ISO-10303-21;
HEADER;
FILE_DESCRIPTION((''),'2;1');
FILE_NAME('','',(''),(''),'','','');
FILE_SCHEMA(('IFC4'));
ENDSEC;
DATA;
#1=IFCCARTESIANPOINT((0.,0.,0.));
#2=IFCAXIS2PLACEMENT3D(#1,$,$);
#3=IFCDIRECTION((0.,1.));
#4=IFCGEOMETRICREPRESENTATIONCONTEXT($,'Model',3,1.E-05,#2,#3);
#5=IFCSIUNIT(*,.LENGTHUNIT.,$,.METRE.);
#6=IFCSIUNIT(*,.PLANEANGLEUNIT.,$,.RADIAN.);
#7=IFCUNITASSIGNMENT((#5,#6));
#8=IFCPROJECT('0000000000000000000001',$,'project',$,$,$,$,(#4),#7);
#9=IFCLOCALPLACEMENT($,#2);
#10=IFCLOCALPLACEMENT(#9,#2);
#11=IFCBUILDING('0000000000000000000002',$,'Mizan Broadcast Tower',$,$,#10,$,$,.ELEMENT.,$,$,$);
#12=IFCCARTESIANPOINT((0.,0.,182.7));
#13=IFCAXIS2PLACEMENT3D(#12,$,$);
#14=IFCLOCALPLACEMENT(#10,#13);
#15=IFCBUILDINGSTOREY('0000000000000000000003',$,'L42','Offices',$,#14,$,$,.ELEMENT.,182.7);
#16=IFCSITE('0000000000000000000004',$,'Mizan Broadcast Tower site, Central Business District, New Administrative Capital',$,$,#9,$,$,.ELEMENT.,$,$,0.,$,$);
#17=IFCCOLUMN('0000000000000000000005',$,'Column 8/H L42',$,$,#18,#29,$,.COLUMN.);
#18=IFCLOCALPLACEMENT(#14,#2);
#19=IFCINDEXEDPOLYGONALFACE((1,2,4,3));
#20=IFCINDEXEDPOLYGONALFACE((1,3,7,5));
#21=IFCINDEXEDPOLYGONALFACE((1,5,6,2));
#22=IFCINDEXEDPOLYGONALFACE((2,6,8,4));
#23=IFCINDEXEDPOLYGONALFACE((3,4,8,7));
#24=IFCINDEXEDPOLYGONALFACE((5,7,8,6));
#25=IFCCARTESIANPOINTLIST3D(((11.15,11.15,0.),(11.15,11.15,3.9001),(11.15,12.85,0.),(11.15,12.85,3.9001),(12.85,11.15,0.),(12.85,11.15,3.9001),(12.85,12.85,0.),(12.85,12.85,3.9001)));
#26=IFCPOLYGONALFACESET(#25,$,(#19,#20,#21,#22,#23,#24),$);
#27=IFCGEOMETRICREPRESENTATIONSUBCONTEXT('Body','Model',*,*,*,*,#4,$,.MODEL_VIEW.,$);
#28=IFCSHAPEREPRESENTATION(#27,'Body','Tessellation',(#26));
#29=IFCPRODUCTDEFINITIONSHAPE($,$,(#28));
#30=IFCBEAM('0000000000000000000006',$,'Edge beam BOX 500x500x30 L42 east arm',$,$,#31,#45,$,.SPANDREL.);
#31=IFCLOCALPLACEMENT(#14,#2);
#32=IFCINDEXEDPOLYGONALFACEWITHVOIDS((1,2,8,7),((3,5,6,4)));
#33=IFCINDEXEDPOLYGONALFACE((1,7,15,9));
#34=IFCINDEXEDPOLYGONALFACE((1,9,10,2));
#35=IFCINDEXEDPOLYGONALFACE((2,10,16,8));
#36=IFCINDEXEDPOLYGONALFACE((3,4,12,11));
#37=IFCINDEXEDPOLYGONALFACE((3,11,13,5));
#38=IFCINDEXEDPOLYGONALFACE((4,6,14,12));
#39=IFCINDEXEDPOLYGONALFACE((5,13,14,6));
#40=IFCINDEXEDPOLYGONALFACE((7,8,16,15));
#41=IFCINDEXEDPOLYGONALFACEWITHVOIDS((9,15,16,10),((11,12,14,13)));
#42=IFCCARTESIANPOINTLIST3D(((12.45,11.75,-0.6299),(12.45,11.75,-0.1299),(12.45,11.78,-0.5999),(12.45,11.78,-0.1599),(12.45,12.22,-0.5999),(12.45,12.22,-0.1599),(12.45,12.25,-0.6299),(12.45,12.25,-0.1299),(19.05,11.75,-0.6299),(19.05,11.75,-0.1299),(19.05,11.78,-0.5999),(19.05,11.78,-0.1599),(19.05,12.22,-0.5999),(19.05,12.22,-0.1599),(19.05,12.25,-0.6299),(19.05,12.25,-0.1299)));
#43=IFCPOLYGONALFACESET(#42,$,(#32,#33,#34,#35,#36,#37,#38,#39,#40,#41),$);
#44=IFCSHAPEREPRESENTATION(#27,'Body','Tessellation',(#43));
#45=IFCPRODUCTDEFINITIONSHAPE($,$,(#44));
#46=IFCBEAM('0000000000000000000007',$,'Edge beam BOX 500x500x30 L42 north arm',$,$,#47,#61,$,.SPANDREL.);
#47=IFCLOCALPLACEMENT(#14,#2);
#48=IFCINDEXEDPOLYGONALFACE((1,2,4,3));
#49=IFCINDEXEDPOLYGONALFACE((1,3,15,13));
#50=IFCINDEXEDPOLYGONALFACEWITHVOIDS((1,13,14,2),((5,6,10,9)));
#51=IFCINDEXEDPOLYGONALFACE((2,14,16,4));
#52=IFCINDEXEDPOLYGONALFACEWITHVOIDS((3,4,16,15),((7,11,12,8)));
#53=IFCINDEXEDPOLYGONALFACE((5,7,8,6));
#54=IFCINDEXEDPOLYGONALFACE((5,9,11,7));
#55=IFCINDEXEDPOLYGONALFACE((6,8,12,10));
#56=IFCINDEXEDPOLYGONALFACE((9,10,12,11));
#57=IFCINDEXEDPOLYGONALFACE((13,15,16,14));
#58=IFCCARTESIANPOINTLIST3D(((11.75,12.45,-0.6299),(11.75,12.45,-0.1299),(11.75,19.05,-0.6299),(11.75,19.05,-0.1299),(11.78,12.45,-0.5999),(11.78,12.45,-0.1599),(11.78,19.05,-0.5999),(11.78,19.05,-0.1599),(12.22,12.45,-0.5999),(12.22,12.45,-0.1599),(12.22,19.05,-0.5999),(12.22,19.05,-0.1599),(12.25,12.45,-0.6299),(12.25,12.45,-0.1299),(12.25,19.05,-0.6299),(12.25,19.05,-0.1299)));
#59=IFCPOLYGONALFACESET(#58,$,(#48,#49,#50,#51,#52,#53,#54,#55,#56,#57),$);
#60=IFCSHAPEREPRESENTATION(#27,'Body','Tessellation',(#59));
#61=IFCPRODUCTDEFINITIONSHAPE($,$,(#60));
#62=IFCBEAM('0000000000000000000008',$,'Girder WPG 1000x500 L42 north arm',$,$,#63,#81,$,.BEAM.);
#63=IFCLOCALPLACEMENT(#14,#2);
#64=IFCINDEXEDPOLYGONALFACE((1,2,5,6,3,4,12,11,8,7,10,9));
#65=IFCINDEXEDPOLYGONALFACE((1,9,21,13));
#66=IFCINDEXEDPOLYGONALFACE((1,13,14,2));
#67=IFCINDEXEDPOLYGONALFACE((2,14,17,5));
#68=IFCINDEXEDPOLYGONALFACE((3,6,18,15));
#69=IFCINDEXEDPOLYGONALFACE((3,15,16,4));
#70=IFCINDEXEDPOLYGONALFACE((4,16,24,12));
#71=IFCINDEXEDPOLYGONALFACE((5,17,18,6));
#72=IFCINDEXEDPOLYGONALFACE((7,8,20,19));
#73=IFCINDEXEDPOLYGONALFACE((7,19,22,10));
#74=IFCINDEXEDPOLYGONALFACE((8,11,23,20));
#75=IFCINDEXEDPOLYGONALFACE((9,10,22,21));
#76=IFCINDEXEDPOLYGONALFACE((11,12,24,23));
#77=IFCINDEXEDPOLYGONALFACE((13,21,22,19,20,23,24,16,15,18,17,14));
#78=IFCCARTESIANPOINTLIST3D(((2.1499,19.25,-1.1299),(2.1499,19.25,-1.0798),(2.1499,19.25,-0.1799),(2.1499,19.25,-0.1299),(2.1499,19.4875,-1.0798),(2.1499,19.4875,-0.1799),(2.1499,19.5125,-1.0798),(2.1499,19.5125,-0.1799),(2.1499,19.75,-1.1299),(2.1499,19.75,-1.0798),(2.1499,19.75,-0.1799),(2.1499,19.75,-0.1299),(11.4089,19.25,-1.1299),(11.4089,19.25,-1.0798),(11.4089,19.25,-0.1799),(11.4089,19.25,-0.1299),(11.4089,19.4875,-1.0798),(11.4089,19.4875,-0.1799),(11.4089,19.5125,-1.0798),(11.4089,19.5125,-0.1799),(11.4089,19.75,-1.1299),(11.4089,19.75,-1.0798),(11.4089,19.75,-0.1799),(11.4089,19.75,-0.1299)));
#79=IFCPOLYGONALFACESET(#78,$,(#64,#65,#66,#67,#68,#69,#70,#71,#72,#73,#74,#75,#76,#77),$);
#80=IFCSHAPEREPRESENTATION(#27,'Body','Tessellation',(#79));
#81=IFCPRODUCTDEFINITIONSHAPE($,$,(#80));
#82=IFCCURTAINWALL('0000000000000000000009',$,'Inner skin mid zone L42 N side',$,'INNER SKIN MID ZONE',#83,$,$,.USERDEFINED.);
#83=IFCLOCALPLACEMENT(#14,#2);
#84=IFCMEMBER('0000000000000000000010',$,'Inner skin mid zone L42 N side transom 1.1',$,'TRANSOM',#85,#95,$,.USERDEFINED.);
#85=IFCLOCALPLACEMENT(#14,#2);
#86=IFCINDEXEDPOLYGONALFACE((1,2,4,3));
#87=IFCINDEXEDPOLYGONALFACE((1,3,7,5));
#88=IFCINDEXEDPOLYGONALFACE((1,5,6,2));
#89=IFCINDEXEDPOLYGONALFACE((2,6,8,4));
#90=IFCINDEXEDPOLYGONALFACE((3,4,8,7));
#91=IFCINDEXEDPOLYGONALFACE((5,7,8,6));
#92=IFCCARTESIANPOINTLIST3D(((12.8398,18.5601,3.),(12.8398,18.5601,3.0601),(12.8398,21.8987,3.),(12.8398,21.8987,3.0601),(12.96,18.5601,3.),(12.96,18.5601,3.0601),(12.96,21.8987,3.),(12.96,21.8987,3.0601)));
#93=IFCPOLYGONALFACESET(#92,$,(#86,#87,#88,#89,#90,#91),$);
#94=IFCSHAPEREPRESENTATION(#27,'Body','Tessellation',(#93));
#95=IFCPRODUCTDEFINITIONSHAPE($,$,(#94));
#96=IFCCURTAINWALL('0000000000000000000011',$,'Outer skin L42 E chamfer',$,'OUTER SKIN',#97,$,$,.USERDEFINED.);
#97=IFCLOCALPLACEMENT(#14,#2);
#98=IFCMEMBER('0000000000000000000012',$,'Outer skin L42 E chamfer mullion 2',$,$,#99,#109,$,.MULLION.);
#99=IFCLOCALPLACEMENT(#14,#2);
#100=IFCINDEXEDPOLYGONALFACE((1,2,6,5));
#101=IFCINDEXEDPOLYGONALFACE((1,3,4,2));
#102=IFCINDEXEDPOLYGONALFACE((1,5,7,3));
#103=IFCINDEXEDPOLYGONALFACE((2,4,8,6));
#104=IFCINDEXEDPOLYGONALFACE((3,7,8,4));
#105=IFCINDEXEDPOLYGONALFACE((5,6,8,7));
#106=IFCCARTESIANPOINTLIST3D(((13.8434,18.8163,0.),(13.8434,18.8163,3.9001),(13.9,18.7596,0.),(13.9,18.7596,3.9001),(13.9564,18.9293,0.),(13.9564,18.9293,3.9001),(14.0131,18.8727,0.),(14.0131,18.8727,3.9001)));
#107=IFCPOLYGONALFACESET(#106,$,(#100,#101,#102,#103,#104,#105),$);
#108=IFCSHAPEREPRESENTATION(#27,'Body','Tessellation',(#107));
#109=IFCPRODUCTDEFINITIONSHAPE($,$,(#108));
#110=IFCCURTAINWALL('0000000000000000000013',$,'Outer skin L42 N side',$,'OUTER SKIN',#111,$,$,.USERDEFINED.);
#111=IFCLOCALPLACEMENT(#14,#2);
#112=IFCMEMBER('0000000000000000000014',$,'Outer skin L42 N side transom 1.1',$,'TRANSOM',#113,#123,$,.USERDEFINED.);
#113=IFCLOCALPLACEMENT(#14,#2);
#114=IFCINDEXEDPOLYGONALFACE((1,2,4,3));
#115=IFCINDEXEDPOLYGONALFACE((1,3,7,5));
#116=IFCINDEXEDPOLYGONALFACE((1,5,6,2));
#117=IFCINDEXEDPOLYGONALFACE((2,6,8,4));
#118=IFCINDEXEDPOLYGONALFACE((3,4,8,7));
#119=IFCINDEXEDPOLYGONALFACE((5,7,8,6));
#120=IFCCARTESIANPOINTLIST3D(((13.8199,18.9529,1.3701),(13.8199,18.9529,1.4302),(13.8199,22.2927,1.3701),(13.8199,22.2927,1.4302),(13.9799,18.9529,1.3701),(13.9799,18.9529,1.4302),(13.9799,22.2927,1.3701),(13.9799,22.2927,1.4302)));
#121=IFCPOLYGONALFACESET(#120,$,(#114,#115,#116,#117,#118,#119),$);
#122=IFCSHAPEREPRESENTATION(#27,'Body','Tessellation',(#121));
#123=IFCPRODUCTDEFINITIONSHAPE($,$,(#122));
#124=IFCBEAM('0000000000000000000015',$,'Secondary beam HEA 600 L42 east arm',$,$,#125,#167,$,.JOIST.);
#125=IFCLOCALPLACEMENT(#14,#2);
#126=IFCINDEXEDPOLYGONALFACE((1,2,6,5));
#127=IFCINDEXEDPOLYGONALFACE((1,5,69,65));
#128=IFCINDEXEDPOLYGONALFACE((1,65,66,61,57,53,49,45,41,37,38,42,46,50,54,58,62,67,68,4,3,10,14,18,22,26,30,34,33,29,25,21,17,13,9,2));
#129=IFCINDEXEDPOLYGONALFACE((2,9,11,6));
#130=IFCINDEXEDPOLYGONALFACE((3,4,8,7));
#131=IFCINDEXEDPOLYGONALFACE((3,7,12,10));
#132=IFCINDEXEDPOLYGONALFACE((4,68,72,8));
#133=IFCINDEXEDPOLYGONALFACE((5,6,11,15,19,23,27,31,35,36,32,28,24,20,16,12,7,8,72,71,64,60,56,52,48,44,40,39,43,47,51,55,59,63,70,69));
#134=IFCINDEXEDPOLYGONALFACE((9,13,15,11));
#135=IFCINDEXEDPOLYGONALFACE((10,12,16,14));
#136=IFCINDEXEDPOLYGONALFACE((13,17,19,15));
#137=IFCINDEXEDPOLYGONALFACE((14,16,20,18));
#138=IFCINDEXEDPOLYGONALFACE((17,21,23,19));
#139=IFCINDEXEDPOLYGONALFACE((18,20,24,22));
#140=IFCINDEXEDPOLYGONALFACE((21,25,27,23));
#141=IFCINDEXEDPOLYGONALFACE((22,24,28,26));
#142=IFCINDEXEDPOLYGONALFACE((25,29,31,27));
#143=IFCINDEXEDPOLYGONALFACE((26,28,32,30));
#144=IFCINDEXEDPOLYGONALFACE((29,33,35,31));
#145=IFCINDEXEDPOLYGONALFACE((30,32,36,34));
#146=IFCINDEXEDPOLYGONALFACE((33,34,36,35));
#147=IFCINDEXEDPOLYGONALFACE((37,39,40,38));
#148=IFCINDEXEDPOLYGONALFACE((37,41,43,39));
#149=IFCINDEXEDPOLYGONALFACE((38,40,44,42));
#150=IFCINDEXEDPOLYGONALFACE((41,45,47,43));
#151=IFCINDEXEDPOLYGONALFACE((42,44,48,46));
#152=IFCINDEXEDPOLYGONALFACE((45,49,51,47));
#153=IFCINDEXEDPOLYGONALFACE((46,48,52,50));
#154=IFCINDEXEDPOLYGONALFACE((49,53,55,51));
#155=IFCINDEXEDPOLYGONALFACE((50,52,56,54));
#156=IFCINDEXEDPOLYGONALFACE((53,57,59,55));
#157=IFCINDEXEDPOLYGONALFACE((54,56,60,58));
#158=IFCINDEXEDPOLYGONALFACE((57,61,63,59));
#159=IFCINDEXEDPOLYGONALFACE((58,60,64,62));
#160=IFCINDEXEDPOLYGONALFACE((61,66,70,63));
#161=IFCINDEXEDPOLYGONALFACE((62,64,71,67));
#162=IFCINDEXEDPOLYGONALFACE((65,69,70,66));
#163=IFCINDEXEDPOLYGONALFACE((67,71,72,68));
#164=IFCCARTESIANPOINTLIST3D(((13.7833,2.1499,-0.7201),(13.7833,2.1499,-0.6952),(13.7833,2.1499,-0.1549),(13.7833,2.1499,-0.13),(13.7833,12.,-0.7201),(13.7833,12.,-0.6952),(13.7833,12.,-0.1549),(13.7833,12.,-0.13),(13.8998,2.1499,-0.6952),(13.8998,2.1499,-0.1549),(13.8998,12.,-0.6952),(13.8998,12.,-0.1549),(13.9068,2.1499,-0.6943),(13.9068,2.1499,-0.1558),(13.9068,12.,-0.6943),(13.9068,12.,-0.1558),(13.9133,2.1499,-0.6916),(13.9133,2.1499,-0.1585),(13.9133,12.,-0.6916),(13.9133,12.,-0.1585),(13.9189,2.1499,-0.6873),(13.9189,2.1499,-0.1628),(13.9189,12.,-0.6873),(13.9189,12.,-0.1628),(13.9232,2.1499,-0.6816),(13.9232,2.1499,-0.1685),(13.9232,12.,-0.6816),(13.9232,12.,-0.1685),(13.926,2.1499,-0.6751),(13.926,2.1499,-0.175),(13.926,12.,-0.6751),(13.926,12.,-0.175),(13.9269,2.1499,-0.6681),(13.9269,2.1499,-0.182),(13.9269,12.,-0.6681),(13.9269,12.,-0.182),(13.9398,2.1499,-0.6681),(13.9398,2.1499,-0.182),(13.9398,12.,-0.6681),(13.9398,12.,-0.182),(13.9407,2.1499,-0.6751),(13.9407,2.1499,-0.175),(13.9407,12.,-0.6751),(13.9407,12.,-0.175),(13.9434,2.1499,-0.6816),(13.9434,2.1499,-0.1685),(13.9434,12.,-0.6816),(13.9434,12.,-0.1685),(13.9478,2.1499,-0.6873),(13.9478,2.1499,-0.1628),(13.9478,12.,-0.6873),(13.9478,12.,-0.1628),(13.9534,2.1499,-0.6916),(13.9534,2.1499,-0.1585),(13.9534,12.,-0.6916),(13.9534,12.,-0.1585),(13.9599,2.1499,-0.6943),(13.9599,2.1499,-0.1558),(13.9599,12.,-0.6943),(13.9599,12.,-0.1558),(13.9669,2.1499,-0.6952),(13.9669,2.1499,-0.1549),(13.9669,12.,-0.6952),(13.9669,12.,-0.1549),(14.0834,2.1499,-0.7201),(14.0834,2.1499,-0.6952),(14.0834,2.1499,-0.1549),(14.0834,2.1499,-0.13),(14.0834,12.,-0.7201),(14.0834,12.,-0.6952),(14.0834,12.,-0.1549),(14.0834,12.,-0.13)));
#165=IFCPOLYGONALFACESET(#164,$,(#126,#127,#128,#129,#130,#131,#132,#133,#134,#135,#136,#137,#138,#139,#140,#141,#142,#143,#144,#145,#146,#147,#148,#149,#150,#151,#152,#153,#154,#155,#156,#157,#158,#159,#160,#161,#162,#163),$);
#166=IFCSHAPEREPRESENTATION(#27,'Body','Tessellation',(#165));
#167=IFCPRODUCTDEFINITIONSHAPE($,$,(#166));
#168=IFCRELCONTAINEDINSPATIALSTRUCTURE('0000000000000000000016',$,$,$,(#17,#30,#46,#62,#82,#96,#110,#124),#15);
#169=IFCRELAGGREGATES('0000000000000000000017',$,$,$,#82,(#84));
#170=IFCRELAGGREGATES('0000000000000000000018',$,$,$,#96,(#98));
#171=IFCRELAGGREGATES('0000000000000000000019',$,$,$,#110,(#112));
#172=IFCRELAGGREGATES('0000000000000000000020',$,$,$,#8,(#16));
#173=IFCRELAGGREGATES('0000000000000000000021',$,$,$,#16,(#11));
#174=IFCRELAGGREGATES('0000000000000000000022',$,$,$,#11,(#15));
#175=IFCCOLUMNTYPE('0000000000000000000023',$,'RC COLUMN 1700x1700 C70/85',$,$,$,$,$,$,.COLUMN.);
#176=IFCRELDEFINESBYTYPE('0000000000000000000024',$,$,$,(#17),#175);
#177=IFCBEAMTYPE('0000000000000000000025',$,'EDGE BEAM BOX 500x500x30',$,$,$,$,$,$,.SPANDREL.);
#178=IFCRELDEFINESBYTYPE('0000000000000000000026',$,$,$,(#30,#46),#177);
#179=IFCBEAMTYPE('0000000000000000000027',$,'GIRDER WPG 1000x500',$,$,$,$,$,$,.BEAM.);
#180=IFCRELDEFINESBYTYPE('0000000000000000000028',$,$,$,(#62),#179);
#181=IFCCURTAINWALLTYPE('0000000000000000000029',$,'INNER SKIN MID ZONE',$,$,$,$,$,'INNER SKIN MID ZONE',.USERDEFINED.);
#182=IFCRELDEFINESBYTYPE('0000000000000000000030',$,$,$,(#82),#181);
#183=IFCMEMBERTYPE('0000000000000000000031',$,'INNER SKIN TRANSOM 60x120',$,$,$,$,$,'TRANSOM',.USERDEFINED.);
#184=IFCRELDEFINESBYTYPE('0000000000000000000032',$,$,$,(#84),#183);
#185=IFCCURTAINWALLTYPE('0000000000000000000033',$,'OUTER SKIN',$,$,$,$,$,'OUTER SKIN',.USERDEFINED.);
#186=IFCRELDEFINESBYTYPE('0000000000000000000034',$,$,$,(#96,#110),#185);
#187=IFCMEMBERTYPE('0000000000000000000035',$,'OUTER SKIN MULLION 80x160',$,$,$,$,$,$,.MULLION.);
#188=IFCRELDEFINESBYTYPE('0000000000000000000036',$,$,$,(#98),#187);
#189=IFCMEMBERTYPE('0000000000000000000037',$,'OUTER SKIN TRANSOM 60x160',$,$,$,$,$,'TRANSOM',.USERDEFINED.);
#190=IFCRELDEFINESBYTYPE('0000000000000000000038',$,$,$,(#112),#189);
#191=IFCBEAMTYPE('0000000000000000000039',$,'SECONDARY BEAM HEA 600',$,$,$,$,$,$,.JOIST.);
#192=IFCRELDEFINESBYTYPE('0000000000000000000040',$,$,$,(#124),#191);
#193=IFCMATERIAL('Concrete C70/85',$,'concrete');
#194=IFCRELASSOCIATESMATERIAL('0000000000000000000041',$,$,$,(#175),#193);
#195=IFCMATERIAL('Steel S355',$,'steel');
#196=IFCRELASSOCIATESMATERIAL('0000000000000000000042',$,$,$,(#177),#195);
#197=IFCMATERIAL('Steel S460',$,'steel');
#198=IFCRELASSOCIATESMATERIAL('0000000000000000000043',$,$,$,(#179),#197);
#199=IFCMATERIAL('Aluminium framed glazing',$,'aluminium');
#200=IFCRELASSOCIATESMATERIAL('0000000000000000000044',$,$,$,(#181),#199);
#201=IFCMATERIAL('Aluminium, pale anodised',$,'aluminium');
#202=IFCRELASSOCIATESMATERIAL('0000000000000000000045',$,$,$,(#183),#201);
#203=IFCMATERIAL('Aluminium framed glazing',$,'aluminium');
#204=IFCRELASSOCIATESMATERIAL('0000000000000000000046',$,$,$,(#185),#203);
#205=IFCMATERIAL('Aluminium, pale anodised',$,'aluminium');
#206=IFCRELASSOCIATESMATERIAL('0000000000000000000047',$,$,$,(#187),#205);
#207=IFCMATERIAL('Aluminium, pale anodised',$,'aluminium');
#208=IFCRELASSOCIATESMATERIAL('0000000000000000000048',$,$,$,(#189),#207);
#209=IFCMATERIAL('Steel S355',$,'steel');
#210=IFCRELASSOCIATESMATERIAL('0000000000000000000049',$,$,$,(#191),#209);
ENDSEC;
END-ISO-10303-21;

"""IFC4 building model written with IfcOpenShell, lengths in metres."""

from ifc_helpers import new_model, si_unit, direction, frame, origin, origin_2d, place, context, subcontext, project, spatial, rectangle, hollow_rectangle, i_section, extrude, material, material_profile, profile_set, type_object, element, aggregate, save


model = new_model("IFC4")

# Units and contexts
model_context = context("Model", 3, precision=1e-05, world=origin(), true_north=direction((0.0, 1.0)))
body_context = subcontext(model_context, "Body", "Model", "MODEL_VIEW")
ifc_project = project(units=[si_unit("LENGTHUNIT", "METRE"), si_unit("PLANEANGLEUNIT", "RADIAN")], contexts=[model_context])

# Site, building, storey
site_placement = place(None, origin())
site = spatial("IfcSite", under=ifc_project, at=site_placement, Name="Mizan Broadcast Tower site, Central Business District, New Administrative Capital", CompositionType="ELEMENT", RefElevation=0.0)
building_placement = place(site_placement, origin())
building = spatial("IfcBuilding", under=site, at=building_placement, Name="Mizan Broadcast Tower", CompositionType="ELEMENT")
storey_placement = place(building_placement, frame((0.0, 0.0, 182.7)))
storey = spatial("IfcBuildingStorey", under=building, at=storey_placement, Name="L42", Description="Offices", CompositionType="ELEMENT", Elevation=182.7)

# Column
ifc_material_1 = material(Name="Concrete C70/85", Category="concrete")
ifc_material_profile_1 = material_profile(ifc_material_1, rectangle(XDim=1.7, YDim=1.7, at=origin_2d()), Name="RC 1700x1700")
ifc_profile_set_1 = profile_set([ifc_material_profile_1], Name="Concrete C70/85")
column_type = type_object("IfcColumnType", Name="RC COLUMN 1700x1700 C70/85", PredefinedType="COLUMN", material=ifc_profile_set_1)
column_placement = place(storey_placement, frame((12.0, 12.0, 0.0), z_axis=(0.0, 0.0, 1.0), x_axis=(1.0, 0.0, 0.0)))
element("IfcColumn", 1, at=column_placement, inside=storey, type_object=column_type, Name="Column 8/H L42", PredefinedType="COLUMN", context=body_context, shape_type="SweptSolid", body=[
    extrude(rectangle(XDim=1.7, YDim=1.7, at=origin_2d()), origin(), (0.0, 0.0, 1.0), 3.9001),
])

# Beams
ifc_material_2 = material(Name="Steel S355", Category="steel")
ifc_material_profile_2 = material_profile(ifc_material_2, hollow_rectangle(XDim=0.5, YDim=0.5, WallThickness=0.03, at=origin_2d()), Name="BOX 500x500x30")
ifc_profile_set_2 = profile_set([ifc_material_profile_2], Name="Steel S355")
beam_type_1 = type_object("IfcBeamType", Name="EDGE BEAM BOX 500x500x30", PredefinedType="SPANDREL", material=ifc_profile_set_2)
for number, where, z_axis, x_axis, name in (
    (2, (12.45, 12.0, -0.3799), (1.0, 0.0, 0.0), (0.0, 1.0, 0.0), "Edge beam BOX 500x500x30 L42 east arm"),
    (3, (12.0, 12.45, -0.3799), (0.0, 1.0, 0.0), (-1.0, 0.0, 0.0), "Edge beam BOX 500x500x30 L42 north arm"),
):
    element("IfcBeam", number, at=place(storey_placement, frame(where, z_axis=z_axis, x_axis=x_axis)), inside=storey, type_object=beam_type_1, Name=name, PredefinedType="SPANDREL", context=body_context, shape_type="SweptSolid", body=[
        extrude(hollow_rectangle(XDim=0.5, YDim=0.5, WallThickness=0.03, at=origin_2d()), origin(), (0.0, 0.0, 1.0), 6.6001),
    ])
ifc_material_3 = material(Name="Steel S460", Category="steel")
ifc_material_profile_3 = material_profile(ifc_material_3, i_section(OverallWidth=0.5, OverallDepth=1.0, WebThickness=0.0249, FlangeThickness=0.05, at=origin_2d()), Name="WPG 1000x500")
ifc_profile_set_3 = profile_set([ifc_material_profile_3], Name="Steel S460")
beam_type_2 = type_object("IfcBeamType", Name="GIRDER WPG 1000x500", PredefinedType="BEAM", material=ifc_profile_set_3)
beam_1_placement = place(storey_placement, frame((11.4089, 19.5, -0.6299), z_axis=(-1.0, 0.0, 0.0), x_axis=(0.0, -1.0, 0.0)))
element("IfcBeam", 4, at=beam_1_placement, inside=storey, type_object=beam_type_2, Name="Girder WPG 1000x500 L42 north arm", PredefinedType="BEAM", context=body_context, shape_type="SweptSolid", body=[
    extrude(i_section(OverallWidth=0.5, OverallDepth=1.0, WebThickness=0.0249, FlangeThickness=0.05, at=origin_2d()), origin(), (0.0, 0.0, 1.0), 9.259),
])

# Curtain walls, members
ifc_material_4 = material(Name="Aluminium framed glazing", Category="aluminium")
curtain_wall_type_1 = type_object("IfcCurtainWallType", Name="INNER SKIN MID ZONE", ElementType="INNER SKIN MID ZONE", PredefinedType="USERDEFINED", material=ifc_material_4)
curtain_wall_1_placement = place(storey_placement, origin())
curtain_wall_1 = element("IfcCurtainWall", 5, at=curtain_wall_1_placement, inside=storey, type_object=curtain_wall_type_1, Name="Inner skin mid zone L42 N side", ObjectType="INNER SKIN MID ZONE", PredefinedType="USERDEFINED")
ifc_material_5 = material(Name="Aluminium, pale anodised", Category="aluminium")
ifc_material_profile_4 = material_profile(ifc_material_5, rectangle(XDim=0.1201, YDim=0.0601, at=origin_2d()), Name="TRANSOM 120x60")
ifc_profile_set_4 = profile_set([ifc_material_profile_4], Name="Aluminium, pale anodised")
member_type_1 = type_object("IfcMemberType", Name="INNER SKIN TRANSOM 60x120", ElementType="TRANSOM", PredefinedType="USERDEFINED", material=ifc_profile_set_4)
member_1_placement = place(storey_placement, frame((12.8999, 18.5601, 3.03), z_axis=(0.0, 1.0, 0.0), x_axis=(-1.0, 0.0, 0.0)))
member_1 = element("IfcMember", 6, at=member_1_placement, type_object=member_type_1, Name="Inner skin mid zone L42 N side transom 1.1", ObjectType="TRANSOM", PredefinedType="USERDEFINED", context=body_context, shape_type="SweptSolid", body=[
    extrude(rectangle(XDim=0.1201, YDim=0.0601, at=origin_2d()), origin(), (0.0, 0.0, 1.0), 3.3386),
])
aggregate(curtain_wall_1, [member_1])
ifc_material_6 = material(Name="Aluminium framed glazing", Category="aluminium")
curtain_wall_type_2 = type_object("IfcCurtainWallType", Name="OUTER SKIN", ElementType="OUTER SKIN", PredefinedType="USERDEFINED", material=ifc_material_6)
curtain_wall_2_placement = place(storey_placement, origin())
curtain_wall_2 = element("IfcCurtainWall", 7, at=curtain_wall_2_placement, inside=storey, type_object=curtain_wall_type_2, Name="Outer skin L42 E chamfer", ObjectType="OUTER SKIN", PredefinedType="USERDEFINED")
ifc_material_7 = material(Name="Aluminium, pale anodised", Category="aluminium")
ifc_material_profile_5 = material_profile(ifc_material_7, rectangle(XDim=0.1599, YDim=0.0801, at=origin_2d()), Name="MULLION 160x80")
ifc_profile_set_5 = profile_set([ifc_material_profile_5], Name="Aluminium, pale anodised")
member_type_2 = type_object("IfcMemberType", Name="OUTER SKIN MULLION 80x160", PredefinedType="MULLION", material=ifc_profile_set_5)
member_2_placement = place(storey_placement, frame((13.9282, 18.8445, 0.0), z_axis=(0.0, 0.0, 1.0), x_axis=(-0.707107, -0.707107, 0.0)))
member_2 = element("IfcMember", 8, at=member_2_placement, type_object=member_type_2, Name="Outer skin L42 E chamfer mullion 2", PredefinedType="MULLION", context=body_context, shape_type="SweptSolid", body=[
    extrude(rectangle(XDim=0.1599, YDim=0.0801, at=origin_2d()), origin(), (0.0, 0.0, 1.0), 3.9001),
])
aggregate(curtain_wall_2, [member_2])
curtain_wall_3_placement = place(storey_placement, origin())
curtain_wall_3 = element("IfcCurtainWall", 9, at=curtain_wall_3_placement, inside=storey, type_object=curtain_wall_type_2, Name="Outer skin L42 N side", ObjectType="OUTER SKIN", PredefinedType="USERDEFINED")
ifc_material_8 = material(Name="Aluminium, pale anodised", Category="aluminium")
ifc_material_profile_6 = material_profile(ifc_material_8, rectangle(XDim=0.1599, YDim=0.0601, at=origin_2d()), Name="TRANSOM 160x60")
ifc_profile_set_6 = profile_set([ifc_material_profile_6], Name="Aluminium, pale anodised")
member_type_3 = type_object("IfcMemberType", Name="OUTER SKIN TRANSOM 60x160", ElementType="TRANSOM", PredefinedType="USERDEFINED", material=ifc_profile_set_6)
member_3_placement = place(storey_placement, frame((13.8999, 18.9529, 1.4001), z_axis=(0.0, 1.0, 0.0), x_axis=(-1.0, 0.0, 0.0)))
member_3 = element("IfcMember", 10, at=member_3_placement, type_object=member_type_3, Name="Outer skin L42 N side transom 1.1", ObjectType="TRANSOM", PredefinedType="USERDEFINED", context=body_context, shape_type="SweptSolid", body=[
    extrude(rectangle(XDim=0.1599, YDim=0.0601, at=origin_2d()), origin(), (0.0, 0.0, 1.0), 3.3398),
])
aggregate(curtain_wall_3, [member_3])

# Beam
ifc_material_9 = material(Name="Steel S355", Category="steel")
ifc_material_profile_7 = material_profile(ifc_material_9, i_section(OverallWidth=0.3, OverallDepth=0.5901, WebThickness=0.0129, FlangeThickness=0.0249, FilletRadius=0.0271, at=origin_2d()), Name="HEA 600")
ifc_profile_set_7 = profile_set([ifc_material_profile_7], Name="Steel S355")
beam_type_3 = type_object("IfcBeamType", Name="SECONDARY BEAM HEA 600", PredefinedType="JOIST", material=ifc_profile_set_7)
for number, where, z_axis, x_axis, name in (
    (11, (13.9333, 12.0, -0.425), (0.0, -1.0, 0.0), (1.0, 0.0, 0.0), "Secondary beam HEA 600 L42 east arm"),
):
    element("IfcBeam", number, at=place(storey_placement, frame(where, z_axis=z_axis, x_axis=x_axis)), inside=storey, type_object=beam_type_3, Name=name, PredefinedType="JOIST", context=body_context, shape_type="SweptSolid", body=[
        extrude(i_section(OverallWidth=0.3, OverallDepth=0.5901, WebThickness=0.0129, FlangeThickness=0.0249, FilletRadius=0.0271, at=origin_2d()), origin(), (0.0, 0.0, 1.0), 9.8501),
    ])

save(model, "model.ifc")
